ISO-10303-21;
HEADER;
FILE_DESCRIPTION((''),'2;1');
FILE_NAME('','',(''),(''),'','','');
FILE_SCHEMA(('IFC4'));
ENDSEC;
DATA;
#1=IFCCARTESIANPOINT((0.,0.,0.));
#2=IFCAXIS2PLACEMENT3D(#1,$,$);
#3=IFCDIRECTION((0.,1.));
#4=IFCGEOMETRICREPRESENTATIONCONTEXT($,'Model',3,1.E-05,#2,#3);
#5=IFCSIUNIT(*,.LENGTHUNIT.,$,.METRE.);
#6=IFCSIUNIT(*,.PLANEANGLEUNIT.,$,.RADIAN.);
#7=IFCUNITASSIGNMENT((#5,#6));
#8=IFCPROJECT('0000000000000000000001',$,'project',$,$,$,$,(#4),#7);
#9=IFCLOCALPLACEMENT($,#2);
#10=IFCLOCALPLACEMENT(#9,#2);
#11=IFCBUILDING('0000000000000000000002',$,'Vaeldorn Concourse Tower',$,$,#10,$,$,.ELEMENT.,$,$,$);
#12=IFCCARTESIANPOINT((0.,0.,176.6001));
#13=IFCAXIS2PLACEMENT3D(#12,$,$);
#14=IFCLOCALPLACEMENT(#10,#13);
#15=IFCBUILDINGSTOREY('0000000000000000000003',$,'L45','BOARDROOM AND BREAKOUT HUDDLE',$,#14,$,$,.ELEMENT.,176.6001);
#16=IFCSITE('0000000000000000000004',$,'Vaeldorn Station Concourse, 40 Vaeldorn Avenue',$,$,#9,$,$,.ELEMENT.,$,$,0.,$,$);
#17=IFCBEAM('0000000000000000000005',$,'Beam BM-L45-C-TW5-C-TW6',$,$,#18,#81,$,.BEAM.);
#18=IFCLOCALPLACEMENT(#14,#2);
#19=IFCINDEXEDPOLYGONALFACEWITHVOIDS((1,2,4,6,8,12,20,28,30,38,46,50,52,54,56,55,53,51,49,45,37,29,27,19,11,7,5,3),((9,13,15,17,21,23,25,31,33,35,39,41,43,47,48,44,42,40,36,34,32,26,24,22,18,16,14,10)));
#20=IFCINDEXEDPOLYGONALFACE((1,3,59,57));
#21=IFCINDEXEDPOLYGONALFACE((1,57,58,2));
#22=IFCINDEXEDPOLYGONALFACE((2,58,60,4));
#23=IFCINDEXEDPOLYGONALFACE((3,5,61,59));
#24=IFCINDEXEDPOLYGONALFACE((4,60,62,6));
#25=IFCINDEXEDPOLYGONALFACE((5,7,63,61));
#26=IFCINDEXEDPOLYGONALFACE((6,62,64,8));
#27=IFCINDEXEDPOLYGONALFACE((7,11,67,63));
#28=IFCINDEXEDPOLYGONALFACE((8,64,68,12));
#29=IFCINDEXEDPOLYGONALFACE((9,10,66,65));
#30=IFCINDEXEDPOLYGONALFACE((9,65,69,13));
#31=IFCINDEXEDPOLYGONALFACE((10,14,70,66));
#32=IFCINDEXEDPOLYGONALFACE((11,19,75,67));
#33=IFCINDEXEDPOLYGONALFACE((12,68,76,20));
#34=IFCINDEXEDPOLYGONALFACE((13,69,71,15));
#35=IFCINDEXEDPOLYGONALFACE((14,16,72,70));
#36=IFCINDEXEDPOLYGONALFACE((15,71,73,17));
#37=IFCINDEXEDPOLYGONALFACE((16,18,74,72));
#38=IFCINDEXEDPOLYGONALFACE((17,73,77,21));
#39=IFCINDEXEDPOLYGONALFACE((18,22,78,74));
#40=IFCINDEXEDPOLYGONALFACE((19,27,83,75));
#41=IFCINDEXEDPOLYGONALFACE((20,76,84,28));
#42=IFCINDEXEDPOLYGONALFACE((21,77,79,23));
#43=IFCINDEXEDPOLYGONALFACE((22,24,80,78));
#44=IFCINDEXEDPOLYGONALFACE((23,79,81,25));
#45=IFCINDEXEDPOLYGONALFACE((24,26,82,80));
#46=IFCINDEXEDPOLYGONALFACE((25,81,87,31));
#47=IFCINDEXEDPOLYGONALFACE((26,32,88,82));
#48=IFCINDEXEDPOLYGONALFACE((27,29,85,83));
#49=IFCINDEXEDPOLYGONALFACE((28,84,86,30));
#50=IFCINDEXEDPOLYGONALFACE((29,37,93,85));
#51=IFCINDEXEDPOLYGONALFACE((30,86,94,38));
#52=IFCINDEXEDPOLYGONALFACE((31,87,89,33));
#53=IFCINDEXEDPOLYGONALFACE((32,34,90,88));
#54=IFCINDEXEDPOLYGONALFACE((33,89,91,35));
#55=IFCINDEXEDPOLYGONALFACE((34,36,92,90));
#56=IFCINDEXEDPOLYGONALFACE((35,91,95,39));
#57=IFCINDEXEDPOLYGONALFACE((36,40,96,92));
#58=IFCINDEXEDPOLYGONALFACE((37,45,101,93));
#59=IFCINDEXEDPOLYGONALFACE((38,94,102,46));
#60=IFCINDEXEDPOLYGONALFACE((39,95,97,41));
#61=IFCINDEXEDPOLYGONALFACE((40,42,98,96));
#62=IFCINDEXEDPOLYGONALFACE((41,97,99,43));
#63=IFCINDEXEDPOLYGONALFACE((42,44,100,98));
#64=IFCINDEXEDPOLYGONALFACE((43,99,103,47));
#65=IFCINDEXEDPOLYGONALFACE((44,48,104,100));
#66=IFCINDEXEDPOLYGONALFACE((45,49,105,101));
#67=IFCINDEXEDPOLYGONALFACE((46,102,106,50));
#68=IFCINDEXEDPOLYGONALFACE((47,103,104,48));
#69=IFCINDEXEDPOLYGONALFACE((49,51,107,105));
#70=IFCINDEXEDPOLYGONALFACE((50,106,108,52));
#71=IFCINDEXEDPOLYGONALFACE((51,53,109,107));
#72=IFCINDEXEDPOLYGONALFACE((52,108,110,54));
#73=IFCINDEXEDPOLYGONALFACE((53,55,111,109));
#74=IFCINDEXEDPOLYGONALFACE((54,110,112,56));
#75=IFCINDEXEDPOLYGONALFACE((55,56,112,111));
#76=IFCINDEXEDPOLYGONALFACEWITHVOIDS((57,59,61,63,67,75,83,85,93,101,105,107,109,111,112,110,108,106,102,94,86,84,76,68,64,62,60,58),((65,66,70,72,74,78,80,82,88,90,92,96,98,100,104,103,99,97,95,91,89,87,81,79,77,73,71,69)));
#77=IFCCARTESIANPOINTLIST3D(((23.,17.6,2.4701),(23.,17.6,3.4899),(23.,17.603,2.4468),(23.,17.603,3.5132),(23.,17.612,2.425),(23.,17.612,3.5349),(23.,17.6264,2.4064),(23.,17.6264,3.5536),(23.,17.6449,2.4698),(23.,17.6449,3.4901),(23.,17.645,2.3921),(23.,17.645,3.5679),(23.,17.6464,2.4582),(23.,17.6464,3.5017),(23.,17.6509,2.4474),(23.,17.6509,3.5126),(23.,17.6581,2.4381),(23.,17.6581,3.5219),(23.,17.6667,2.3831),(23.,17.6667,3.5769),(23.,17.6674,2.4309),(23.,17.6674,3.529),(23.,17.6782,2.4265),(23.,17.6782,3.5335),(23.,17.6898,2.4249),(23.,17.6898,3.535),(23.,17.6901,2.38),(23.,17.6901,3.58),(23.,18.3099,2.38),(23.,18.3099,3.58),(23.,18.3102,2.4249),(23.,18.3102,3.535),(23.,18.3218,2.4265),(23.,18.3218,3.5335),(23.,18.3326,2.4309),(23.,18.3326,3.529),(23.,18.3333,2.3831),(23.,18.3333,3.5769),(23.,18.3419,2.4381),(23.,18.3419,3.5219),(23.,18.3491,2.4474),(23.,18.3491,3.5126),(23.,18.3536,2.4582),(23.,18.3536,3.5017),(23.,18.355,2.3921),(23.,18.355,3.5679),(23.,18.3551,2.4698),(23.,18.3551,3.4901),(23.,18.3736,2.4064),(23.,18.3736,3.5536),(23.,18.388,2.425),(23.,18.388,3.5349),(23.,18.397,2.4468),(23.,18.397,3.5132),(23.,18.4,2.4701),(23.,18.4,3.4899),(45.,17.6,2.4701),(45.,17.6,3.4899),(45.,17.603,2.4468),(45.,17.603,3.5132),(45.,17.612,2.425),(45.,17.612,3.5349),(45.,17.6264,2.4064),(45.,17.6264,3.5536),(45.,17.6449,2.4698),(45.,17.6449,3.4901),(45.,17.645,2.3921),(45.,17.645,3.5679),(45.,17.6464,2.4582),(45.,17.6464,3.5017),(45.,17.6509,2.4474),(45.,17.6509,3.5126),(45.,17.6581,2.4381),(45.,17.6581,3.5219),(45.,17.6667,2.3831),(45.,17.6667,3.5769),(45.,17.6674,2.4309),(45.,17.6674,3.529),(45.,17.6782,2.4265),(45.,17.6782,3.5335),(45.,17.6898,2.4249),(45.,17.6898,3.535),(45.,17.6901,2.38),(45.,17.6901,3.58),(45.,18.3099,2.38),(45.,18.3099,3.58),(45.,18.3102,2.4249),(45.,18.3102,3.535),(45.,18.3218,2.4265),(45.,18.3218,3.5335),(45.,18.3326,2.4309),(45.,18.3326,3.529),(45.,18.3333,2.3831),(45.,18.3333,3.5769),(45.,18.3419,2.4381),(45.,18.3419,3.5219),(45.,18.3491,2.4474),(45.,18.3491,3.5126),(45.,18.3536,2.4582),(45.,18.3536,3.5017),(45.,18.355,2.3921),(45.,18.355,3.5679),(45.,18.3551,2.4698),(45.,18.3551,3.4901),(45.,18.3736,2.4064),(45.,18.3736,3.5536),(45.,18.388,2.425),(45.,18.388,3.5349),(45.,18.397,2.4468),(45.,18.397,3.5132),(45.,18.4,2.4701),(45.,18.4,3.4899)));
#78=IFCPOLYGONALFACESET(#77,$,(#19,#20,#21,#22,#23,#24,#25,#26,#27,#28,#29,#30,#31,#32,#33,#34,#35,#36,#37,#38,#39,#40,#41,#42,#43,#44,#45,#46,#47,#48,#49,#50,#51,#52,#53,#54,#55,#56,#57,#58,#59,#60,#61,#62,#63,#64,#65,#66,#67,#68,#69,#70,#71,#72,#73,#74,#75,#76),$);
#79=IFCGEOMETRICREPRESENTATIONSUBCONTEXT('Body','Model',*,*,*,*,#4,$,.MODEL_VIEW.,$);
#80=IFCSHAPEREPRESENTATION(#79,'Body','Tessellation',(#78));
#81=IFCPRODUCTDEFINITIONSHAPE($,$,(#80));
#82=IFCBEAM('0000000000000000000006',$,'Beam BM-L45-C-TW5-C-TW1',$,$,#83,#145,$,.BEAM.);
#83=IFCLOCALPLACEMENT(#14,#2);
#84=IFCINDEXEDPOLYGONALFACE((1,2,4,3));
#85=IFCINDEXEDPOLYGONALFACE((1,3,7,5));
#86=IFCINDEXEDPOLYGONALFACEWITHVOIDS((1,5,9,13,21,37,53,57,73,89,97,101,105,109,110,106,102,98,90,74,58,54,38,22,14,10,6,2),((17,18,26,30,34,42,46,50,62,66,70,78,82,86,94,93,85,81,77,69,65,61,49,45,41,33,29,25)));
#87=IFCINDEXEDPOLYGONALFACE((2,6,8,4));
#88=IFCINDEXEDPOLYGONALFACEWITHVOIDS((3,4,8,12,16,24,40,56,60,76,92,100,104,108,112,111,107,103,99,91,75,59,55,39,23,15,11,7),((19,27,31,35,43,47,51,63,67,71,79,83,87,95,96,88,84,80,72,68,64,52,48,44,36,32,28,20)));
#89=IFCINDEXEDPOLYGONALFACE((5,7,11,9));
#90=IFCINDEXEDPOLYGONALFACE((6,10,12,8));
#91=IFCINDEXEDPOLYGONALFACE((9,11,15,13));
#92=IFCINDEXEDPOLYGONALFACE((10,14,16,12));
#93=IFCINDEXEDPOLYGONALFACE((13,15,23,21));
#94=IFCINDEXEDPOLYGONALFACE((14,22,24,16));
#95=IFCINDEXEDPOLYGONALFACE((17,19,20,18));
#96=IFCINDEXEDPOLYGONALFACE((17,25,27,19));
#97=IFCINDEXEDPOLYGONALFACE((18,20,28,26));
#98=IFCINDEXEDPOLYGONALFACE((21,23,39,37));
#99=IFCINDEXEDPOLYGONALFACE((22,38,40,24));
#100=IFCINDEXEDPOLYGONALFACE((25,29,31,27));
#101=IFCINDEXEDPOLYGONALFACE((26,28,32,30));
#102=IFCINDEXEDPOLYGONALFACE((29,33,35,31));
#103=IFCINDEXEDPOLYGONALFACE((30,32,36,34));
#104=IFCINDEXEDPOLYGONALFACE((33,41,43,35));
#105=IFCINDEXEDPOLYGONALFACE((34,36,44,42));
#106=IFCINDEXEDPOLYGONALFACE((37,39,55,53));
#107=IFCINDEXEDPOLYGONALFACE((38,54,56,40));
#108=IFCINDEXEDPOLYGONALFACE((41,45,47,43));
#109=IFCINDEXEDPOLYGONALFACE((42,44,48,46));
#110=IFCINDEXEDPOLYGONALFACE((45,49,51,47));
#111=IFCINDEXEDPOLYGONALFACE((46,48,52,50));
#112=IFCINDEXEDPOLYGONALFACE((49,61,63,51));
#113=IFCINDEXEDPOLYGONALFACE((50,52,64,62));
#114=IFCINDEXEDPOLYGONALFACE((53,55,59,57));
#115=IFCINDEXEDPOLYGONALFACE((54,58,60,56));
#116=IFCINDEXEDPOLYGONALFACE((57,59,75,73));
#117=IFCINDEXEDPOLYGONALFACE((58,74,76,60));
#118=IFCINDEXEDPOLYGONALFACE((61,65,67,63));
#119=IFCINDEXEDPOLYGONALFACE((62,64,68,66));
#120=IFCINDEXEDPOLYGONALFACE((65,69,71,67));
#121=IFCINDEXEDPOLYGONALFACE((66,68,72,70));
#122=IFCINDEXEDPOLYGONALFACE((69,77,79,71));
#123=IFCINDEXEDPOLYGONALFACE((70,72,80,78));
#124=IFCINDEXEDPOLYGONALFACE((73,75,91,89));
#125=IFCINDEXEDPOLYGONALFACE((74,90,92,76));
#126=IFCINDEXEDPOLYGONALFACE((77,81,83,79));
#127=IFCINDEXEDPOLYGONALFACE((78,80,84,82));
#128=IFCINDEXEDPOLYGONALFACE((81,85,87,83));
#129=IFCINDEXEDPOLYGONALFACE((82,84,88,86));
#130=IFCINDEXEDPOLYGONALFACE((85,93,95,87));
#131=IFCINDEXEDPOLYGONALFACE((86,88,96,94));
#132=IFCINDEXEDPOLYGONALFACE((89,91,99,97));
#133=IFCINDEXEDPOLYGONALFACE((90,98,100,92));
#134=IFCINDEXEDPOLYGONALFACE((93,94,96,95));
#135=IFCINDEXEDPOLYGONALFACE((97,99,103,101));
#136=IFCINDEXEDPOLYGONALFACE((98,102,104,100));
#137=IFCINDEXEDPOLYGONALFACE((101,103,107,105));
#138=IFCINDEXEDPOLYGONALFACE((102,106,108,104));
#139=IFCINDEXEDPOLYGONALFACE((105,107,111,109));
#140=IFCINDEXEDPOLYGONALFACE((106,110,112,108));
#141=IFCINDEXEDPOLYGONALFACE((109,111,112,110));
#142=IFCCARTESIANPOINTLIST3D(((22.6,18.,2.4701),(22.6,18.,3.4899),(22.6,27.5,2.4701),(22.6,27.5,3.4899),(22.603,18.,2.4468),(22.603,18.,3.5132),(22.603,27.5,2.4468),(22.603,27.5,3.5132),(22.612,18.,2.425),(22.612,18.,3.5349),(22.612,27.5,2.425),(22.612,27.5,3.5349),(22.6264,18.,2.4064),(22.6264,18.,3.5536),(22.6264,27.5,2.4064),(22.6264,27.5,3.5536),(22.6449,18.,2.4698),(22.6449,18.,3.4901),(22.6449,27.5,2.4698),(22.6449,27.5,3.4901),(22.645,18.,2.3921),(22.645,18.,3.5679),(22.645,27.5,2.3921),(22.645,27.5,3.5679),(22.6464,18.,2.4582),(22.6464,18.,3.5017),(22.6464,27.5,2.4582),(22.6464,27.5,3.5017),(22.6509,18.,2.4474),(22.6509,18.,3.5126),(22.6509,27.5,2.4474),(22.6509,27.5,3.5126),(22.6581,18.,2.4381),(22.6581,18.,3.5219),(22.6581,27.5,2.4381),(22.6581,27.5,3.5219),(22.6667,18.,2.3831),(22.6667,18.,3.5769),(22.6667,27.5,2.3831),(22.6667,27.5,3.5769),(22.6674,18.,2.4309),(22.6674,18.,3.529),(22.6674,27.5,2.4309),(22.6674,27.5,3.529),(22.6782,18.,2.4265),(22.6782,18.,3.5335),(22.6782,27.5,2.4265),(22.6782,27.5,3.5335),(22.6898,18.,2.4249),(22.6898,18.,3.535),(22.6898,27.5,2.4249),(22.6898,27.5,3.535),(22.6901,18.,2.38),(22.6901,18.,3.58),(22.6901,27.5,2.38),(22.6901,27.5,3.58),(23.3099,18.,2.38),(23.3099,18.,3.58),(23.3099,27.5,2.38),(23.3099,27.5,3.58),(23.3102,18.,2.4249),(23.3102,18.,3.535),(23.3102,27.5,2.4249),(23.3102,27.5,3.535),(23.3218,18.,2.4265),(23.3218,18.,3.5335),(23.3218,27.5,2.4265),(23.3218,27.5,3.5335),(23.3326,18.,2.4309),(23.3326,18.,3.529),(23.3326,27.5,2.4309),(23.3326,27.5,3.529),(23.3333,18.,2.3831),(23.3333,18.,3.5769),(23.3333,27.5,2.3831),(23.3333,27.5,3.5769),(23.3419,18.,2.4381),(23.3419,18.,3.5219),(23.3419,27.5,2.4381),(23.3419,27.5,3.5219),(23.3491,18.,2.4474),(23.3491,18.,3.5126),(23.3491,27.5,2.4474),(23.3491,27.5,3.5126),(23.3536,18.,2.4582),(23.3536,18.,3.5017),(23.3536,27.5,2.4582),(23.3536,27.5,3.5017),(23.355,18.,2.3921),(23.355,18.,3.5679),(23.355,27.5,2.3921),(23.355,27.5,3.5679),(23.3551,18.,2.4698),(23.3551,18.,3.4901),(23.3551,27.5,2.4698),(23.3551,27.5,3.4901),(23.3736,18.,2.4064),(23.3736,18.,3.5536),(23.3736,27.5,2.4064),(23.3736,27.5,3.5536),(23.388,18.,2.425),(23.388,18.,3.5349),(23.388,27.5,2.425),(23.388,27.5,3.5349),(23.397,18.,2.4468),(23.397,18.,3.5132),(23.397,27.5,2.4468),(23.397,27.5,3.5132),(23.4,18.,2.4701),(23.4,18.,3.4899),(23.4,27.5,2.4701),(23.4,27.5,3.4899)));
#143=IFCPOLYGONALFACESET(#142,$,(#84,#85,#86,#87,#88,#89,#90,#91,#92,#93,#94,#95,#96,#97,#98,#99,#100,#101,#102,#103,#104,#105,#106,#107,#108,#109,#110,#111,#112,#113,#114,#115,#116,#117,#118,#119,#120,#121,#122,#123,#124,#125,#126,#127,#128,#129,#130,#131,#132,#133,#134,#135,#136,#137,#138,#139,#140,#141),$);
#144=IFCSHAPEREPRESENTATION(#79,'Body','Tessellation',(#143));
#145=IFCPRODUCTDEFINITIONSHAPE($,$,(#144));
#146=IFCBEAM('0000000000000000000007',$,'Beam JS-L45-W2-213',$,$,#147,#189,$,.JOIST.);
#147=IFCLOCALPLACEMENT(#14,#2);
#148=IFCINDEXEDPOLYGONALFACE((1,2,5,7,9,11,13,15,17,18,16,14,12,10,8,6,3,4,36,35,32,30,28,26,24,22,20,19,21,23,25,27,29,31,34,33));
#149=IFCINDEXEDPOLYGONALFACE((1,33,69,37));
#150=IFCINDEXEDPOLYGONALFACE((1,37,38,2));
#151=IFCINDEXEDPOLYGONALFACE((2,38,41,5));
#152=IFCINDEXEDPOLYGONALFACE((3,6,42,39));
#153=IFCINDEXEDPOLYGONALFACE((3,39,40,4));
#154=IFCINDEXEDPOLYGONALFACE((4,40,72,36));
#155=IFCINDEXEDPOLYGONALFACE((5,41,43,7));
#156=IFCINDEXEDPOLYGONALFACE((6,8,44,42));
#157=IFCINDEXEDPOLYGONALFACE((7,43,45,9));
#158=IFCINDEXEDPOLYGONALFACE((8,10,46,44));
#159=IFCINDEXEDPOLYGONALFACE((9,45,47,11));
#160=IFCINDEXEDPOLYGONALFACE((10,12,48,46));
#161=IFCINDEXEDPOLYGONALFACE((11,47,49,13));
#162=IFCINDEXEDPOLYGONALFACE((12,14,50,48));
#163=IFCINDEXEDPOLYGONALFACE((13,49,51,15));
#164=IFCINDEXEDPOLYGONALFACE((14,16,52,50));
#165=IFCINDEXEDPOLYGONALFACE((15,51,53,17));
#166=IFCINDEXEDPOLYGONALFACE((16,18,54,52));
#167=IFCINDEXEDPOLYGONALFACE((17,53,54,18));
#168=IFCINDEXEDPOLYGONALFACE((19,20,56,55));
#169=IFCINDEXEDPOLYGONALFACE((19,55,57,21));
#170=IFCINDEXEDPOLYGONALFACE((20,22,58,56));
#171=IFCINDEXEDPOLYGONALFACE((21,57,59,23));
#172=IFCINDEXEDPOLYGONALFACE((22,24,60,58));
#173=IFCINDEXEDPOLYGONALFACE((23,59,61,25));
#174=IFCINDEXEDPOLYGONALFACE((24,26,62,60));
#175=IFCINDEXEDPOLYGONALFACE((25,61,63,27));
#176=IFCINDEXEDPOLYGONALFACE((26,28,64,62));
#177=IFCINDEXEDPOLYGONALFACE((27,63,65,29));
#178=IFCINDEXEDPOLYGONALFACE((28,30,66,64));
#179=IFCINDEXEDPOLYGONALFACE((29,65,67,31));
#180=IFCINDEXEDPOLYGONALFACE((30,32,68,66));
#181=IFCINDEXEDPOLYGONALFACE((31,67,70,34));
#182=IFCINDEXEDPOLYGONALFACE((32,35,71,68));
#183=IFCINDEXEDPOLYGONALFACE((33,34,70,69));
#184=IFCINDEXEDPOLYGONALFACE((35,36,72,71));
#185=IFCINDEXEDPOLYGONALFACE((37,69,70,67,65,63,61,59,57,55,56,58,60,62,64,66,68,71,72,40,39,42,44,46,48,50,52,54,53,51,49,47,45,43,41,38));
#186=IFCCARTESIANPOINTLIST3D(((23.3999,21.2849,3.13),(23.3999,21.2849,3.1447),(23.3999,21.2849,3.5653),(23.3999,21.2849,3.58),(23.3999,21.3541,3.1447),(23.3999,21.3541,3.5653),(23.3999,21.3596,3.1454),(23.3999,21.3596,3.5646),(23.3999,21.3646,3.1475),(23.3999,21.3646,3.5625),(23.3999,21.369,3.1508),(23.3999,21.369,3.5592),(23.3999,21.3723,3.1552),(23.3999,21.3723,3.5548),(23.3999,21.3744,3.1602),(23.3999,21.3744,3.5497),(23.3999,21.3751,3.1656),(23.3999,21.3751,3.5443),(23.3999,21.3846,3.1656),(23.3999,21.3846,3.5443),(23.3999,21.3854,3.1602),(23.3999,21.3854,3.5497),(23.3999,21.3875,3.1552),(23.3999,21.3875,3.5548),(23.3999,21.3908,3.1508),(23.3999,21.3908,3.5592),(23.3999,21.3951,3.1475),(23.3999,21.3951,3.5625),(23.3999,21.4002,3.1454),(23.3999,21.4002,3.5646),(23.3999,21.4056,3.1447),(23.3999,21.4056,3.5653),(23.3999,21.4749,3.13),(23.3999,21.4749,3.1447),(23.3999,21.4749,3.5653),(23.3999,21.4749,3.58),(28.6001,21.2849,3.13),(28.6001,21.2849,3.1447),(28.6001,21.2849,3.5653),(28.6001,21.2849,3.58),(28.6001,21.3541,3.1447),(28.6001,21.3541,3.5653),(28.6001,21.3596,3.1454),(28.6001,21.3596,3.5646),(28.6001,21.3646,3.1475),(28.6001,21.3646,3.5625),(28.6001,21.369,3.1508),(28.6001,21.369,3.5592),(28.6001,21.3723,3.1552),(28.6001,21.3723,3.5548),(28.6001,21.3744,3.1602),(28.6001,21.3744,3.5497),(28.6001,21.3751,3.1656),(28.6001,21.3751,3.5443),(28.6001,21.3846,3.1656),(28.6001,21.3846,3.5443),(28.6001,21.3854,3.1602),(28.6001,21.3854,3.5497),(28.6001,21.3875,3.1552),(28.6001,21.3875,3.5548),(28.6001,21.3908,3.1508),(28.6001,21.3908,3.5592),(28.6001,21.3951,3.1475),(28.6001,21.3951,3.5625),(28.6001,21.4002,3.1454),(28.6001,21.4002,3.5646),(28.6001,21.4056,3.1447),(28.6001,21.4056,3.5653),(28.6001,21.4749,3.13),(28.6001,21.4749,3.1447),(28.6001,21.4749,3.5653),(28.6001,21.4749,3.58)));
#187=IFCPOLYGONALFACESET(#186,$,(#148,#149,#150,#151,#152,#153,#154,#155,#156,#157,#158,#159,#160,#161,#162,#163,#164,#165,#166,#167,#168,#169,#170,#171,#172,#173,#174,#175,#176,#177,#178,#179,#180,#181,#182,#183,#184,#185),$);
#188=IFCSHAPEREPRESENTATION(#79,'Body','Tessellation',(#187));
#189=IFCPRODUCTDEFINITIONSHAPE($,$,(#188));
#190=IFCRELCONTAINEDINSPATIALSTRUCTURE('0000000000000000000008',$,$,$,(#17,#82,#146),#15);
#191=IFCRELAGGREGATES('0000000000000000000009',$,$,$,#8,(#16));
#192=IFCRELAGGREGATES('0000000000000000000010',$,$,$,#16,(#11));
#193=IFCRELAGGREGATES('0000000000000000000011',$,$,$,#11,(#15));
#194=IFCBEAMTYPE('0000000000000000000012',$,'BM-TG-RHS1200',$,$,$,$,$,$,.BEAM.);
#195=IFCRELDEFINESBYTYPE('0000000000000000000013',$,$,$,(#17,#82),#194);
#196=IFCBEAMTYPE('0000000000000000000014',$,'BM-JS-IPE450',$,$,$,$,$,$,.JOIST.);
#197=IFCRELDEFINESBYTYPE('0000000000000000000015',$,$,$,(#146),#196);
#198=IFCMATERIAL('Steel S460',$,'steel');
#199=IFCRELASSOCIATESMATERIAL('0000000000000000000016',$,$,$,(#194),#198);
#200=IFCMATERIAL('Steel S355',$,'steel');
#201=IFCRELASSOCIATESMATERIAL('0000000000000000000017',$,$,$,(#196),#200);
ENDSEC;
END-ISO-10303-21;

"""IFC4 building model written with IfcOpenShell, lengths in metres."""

from ifc_helpers import new_model, si_unit, direction, frame, origin, origin_2d, place, context, subcontext, project, spatial, hollow_rectangle, i_section, extrude, source, transform, mapped, material, material_profile, profile_set, type_object, element, save


model = new_model("IFC4")

# Units and contexts
model_context = context("Model", 3, precision=1e-05, world=origin(), true_north=direction((0.0, 1.0)))
body_context = subcontext(model_context, "Body", "Model", "MODEL_VIEW")
ifc_project = project(units=[si_unit("LENGTHUNIT", "METRE"), si_unit("PLANEANGLEUNIT", "RADIAN")], contexts=[model_context])

# Site, building, storey
site_placement = place(None, origin())
site = spatial("IfcSite", under=ifc_project, at=site_placement, Name="Vaeldorn Station Concourse, 40 Vaeldorn Avenue", CompositionType="ELEMENT", RefElevation=0.0)
building_placement = place(site_placement, origin())
building = spatial("IfcBuilding", under=site, at=building_placement, Name="Vaeldorn Concourse Tower", CompositionType="ELEMENT")
storey_placement = place(building_placement, frame((0.0, 0.0, 176.6001)))
storey = spatial("IfcBuildingStorey", under=building, at=storey_placement, Name="L45", Description="BOARDROOM AND BREAKOUT HUDDLE", CompositionType="ELEMENT", Elevation=176.6001)

# Shared definitions
ifc_material_1 = material(Name="Steel S355", Category="steel")

# Beams
ifc_material_2 = material(Name="Steel S460", Category="steel")
ifc_material_profile_1 = material_profile(ifc_material_2, hollow_rectangle(XDim=0.8, YDim=1.2, WallThickness=0.0449, InnerFilletRadius=0.0449, OuterFilletRadius=0.0901, at=origin_2d()), Name="RHS 1200x800x45")
ifc_profile_set_1 = profile_set([ifc_material_profile_1], Name="Steel S460")
beam_type_1 = type_object("IfcBeamType", Name="BM-TG-RHS1200", PredefinedType="BEAM", material=ifc_profile_set_1)
shared_shape_1 = source(origin(), body_context, "Body", "SweptSolid", [
    extrude(hollow_rectangle(XDim=0.8, YDim=1.2, WallThickness=0.0449, InnerFilletRadius=0.0449, OuterFilletRadius=0.0901, at=origin_2d()), origin(), (0.0, 0.0, 1.0), 22.0),
])
beam_1_placement = place(storey_placement, frame((23.0, 18.0, 2.98), z_axis=(1.0, 0.0, 0.0), x_axis=(0.0, 1.0, 0.0)))
element("IfcBeam", 1, at=beam_1_placement, inside=storey, type_object=beam_type_1, Name="Beam BM-L45-C-TW5-C-TW6", PredefinedType="BEAM", context=body_context, shape_type="MappedRepresentation", body=[
    mapped(shared_shape_1, transform((0.0, 0.0, 0.0), scale=1.0)),
])
shared_shape_2 = source(origin(), body_context, "Body", "SweptSolid", [
    extrude(hollow_rectangle(XDim=0.8, YDim=1.2, WallThickness=0.0449, InnerFilletRadius=0.0449, OuterFilletRadius=0.0901, at=origin_2d()), origin(), (0.0, 0.0, 1.0), 9.5),
])
beam_2_placement = place(storey_placement, frame((23.0, 18.0, 2.98), z_axis=(0.0, 1.0, 0.0), x_axis=(-1.0, 0.0, 0.0)))
element("IfcBeam", 2, at=beam_2_placement, inside=storey, type_object=beam_type_1, Name="Beam BM-L45-C-TW5-C-TW1", PredefinedType="BEAM", context=body_context, shape_type="MappedRepresentation", body=[
    mapped(shared_shape_2, transform((0.0, 0.0, 0.0), scale=1.0)),
])
ifc_material_profile_2 = material_profile(ifc_material_1, i_section(OverallWidth=0.1899, OverallDepth=0.45, WebThickness=0.0095, FlangeThickness=0.0146, FilletRadius=0.021, at=origin_2d()), Name="IPE 450")
ifc_profile_set_2 = profile_set([ifc_material_profile_2], Name="Steel S355")
beam_type_2 = type_object("IfcBeamType", Name="BM-JS-IPE450", PredefinedType="JOIST", material=ifc_profile_set_2)
shared_shape_3 = source(origin(), body_context, "Body", "SweptSolid", [
    extrude(i_section(OverallWidth=0.1899, OverallDepth=0.45, WebThickness=0.0095, FlangeThickness=0.0146, FilletRadius=0.021, at=origin_2d()), origin(), (0.0, 0.0, 1.0), 5.2002),
])
for number, where, z_axis, x_axis, name in (
    (3, (23.3999, 21.3799, 3.355), (1.0, 0.0, 0.0), (0.0, 1.0, 0.0), "Beam JS-L45-W2-213"),
):
    element("IfcBeam", number, at=place(storey_placement, frame(where, z_axis=z_axis, x_axis=x_axis)), inside=storey, type_object=beam_type_2, Name=name, PredefinedType="JOIST", context=body_context, shape_type="MappedRepresentation", body=[
        mapped(shared_shape_3, transform((0.0, 0.0, 0.0), scale=1.0)),
    ])

save(model, "model.ifc")
